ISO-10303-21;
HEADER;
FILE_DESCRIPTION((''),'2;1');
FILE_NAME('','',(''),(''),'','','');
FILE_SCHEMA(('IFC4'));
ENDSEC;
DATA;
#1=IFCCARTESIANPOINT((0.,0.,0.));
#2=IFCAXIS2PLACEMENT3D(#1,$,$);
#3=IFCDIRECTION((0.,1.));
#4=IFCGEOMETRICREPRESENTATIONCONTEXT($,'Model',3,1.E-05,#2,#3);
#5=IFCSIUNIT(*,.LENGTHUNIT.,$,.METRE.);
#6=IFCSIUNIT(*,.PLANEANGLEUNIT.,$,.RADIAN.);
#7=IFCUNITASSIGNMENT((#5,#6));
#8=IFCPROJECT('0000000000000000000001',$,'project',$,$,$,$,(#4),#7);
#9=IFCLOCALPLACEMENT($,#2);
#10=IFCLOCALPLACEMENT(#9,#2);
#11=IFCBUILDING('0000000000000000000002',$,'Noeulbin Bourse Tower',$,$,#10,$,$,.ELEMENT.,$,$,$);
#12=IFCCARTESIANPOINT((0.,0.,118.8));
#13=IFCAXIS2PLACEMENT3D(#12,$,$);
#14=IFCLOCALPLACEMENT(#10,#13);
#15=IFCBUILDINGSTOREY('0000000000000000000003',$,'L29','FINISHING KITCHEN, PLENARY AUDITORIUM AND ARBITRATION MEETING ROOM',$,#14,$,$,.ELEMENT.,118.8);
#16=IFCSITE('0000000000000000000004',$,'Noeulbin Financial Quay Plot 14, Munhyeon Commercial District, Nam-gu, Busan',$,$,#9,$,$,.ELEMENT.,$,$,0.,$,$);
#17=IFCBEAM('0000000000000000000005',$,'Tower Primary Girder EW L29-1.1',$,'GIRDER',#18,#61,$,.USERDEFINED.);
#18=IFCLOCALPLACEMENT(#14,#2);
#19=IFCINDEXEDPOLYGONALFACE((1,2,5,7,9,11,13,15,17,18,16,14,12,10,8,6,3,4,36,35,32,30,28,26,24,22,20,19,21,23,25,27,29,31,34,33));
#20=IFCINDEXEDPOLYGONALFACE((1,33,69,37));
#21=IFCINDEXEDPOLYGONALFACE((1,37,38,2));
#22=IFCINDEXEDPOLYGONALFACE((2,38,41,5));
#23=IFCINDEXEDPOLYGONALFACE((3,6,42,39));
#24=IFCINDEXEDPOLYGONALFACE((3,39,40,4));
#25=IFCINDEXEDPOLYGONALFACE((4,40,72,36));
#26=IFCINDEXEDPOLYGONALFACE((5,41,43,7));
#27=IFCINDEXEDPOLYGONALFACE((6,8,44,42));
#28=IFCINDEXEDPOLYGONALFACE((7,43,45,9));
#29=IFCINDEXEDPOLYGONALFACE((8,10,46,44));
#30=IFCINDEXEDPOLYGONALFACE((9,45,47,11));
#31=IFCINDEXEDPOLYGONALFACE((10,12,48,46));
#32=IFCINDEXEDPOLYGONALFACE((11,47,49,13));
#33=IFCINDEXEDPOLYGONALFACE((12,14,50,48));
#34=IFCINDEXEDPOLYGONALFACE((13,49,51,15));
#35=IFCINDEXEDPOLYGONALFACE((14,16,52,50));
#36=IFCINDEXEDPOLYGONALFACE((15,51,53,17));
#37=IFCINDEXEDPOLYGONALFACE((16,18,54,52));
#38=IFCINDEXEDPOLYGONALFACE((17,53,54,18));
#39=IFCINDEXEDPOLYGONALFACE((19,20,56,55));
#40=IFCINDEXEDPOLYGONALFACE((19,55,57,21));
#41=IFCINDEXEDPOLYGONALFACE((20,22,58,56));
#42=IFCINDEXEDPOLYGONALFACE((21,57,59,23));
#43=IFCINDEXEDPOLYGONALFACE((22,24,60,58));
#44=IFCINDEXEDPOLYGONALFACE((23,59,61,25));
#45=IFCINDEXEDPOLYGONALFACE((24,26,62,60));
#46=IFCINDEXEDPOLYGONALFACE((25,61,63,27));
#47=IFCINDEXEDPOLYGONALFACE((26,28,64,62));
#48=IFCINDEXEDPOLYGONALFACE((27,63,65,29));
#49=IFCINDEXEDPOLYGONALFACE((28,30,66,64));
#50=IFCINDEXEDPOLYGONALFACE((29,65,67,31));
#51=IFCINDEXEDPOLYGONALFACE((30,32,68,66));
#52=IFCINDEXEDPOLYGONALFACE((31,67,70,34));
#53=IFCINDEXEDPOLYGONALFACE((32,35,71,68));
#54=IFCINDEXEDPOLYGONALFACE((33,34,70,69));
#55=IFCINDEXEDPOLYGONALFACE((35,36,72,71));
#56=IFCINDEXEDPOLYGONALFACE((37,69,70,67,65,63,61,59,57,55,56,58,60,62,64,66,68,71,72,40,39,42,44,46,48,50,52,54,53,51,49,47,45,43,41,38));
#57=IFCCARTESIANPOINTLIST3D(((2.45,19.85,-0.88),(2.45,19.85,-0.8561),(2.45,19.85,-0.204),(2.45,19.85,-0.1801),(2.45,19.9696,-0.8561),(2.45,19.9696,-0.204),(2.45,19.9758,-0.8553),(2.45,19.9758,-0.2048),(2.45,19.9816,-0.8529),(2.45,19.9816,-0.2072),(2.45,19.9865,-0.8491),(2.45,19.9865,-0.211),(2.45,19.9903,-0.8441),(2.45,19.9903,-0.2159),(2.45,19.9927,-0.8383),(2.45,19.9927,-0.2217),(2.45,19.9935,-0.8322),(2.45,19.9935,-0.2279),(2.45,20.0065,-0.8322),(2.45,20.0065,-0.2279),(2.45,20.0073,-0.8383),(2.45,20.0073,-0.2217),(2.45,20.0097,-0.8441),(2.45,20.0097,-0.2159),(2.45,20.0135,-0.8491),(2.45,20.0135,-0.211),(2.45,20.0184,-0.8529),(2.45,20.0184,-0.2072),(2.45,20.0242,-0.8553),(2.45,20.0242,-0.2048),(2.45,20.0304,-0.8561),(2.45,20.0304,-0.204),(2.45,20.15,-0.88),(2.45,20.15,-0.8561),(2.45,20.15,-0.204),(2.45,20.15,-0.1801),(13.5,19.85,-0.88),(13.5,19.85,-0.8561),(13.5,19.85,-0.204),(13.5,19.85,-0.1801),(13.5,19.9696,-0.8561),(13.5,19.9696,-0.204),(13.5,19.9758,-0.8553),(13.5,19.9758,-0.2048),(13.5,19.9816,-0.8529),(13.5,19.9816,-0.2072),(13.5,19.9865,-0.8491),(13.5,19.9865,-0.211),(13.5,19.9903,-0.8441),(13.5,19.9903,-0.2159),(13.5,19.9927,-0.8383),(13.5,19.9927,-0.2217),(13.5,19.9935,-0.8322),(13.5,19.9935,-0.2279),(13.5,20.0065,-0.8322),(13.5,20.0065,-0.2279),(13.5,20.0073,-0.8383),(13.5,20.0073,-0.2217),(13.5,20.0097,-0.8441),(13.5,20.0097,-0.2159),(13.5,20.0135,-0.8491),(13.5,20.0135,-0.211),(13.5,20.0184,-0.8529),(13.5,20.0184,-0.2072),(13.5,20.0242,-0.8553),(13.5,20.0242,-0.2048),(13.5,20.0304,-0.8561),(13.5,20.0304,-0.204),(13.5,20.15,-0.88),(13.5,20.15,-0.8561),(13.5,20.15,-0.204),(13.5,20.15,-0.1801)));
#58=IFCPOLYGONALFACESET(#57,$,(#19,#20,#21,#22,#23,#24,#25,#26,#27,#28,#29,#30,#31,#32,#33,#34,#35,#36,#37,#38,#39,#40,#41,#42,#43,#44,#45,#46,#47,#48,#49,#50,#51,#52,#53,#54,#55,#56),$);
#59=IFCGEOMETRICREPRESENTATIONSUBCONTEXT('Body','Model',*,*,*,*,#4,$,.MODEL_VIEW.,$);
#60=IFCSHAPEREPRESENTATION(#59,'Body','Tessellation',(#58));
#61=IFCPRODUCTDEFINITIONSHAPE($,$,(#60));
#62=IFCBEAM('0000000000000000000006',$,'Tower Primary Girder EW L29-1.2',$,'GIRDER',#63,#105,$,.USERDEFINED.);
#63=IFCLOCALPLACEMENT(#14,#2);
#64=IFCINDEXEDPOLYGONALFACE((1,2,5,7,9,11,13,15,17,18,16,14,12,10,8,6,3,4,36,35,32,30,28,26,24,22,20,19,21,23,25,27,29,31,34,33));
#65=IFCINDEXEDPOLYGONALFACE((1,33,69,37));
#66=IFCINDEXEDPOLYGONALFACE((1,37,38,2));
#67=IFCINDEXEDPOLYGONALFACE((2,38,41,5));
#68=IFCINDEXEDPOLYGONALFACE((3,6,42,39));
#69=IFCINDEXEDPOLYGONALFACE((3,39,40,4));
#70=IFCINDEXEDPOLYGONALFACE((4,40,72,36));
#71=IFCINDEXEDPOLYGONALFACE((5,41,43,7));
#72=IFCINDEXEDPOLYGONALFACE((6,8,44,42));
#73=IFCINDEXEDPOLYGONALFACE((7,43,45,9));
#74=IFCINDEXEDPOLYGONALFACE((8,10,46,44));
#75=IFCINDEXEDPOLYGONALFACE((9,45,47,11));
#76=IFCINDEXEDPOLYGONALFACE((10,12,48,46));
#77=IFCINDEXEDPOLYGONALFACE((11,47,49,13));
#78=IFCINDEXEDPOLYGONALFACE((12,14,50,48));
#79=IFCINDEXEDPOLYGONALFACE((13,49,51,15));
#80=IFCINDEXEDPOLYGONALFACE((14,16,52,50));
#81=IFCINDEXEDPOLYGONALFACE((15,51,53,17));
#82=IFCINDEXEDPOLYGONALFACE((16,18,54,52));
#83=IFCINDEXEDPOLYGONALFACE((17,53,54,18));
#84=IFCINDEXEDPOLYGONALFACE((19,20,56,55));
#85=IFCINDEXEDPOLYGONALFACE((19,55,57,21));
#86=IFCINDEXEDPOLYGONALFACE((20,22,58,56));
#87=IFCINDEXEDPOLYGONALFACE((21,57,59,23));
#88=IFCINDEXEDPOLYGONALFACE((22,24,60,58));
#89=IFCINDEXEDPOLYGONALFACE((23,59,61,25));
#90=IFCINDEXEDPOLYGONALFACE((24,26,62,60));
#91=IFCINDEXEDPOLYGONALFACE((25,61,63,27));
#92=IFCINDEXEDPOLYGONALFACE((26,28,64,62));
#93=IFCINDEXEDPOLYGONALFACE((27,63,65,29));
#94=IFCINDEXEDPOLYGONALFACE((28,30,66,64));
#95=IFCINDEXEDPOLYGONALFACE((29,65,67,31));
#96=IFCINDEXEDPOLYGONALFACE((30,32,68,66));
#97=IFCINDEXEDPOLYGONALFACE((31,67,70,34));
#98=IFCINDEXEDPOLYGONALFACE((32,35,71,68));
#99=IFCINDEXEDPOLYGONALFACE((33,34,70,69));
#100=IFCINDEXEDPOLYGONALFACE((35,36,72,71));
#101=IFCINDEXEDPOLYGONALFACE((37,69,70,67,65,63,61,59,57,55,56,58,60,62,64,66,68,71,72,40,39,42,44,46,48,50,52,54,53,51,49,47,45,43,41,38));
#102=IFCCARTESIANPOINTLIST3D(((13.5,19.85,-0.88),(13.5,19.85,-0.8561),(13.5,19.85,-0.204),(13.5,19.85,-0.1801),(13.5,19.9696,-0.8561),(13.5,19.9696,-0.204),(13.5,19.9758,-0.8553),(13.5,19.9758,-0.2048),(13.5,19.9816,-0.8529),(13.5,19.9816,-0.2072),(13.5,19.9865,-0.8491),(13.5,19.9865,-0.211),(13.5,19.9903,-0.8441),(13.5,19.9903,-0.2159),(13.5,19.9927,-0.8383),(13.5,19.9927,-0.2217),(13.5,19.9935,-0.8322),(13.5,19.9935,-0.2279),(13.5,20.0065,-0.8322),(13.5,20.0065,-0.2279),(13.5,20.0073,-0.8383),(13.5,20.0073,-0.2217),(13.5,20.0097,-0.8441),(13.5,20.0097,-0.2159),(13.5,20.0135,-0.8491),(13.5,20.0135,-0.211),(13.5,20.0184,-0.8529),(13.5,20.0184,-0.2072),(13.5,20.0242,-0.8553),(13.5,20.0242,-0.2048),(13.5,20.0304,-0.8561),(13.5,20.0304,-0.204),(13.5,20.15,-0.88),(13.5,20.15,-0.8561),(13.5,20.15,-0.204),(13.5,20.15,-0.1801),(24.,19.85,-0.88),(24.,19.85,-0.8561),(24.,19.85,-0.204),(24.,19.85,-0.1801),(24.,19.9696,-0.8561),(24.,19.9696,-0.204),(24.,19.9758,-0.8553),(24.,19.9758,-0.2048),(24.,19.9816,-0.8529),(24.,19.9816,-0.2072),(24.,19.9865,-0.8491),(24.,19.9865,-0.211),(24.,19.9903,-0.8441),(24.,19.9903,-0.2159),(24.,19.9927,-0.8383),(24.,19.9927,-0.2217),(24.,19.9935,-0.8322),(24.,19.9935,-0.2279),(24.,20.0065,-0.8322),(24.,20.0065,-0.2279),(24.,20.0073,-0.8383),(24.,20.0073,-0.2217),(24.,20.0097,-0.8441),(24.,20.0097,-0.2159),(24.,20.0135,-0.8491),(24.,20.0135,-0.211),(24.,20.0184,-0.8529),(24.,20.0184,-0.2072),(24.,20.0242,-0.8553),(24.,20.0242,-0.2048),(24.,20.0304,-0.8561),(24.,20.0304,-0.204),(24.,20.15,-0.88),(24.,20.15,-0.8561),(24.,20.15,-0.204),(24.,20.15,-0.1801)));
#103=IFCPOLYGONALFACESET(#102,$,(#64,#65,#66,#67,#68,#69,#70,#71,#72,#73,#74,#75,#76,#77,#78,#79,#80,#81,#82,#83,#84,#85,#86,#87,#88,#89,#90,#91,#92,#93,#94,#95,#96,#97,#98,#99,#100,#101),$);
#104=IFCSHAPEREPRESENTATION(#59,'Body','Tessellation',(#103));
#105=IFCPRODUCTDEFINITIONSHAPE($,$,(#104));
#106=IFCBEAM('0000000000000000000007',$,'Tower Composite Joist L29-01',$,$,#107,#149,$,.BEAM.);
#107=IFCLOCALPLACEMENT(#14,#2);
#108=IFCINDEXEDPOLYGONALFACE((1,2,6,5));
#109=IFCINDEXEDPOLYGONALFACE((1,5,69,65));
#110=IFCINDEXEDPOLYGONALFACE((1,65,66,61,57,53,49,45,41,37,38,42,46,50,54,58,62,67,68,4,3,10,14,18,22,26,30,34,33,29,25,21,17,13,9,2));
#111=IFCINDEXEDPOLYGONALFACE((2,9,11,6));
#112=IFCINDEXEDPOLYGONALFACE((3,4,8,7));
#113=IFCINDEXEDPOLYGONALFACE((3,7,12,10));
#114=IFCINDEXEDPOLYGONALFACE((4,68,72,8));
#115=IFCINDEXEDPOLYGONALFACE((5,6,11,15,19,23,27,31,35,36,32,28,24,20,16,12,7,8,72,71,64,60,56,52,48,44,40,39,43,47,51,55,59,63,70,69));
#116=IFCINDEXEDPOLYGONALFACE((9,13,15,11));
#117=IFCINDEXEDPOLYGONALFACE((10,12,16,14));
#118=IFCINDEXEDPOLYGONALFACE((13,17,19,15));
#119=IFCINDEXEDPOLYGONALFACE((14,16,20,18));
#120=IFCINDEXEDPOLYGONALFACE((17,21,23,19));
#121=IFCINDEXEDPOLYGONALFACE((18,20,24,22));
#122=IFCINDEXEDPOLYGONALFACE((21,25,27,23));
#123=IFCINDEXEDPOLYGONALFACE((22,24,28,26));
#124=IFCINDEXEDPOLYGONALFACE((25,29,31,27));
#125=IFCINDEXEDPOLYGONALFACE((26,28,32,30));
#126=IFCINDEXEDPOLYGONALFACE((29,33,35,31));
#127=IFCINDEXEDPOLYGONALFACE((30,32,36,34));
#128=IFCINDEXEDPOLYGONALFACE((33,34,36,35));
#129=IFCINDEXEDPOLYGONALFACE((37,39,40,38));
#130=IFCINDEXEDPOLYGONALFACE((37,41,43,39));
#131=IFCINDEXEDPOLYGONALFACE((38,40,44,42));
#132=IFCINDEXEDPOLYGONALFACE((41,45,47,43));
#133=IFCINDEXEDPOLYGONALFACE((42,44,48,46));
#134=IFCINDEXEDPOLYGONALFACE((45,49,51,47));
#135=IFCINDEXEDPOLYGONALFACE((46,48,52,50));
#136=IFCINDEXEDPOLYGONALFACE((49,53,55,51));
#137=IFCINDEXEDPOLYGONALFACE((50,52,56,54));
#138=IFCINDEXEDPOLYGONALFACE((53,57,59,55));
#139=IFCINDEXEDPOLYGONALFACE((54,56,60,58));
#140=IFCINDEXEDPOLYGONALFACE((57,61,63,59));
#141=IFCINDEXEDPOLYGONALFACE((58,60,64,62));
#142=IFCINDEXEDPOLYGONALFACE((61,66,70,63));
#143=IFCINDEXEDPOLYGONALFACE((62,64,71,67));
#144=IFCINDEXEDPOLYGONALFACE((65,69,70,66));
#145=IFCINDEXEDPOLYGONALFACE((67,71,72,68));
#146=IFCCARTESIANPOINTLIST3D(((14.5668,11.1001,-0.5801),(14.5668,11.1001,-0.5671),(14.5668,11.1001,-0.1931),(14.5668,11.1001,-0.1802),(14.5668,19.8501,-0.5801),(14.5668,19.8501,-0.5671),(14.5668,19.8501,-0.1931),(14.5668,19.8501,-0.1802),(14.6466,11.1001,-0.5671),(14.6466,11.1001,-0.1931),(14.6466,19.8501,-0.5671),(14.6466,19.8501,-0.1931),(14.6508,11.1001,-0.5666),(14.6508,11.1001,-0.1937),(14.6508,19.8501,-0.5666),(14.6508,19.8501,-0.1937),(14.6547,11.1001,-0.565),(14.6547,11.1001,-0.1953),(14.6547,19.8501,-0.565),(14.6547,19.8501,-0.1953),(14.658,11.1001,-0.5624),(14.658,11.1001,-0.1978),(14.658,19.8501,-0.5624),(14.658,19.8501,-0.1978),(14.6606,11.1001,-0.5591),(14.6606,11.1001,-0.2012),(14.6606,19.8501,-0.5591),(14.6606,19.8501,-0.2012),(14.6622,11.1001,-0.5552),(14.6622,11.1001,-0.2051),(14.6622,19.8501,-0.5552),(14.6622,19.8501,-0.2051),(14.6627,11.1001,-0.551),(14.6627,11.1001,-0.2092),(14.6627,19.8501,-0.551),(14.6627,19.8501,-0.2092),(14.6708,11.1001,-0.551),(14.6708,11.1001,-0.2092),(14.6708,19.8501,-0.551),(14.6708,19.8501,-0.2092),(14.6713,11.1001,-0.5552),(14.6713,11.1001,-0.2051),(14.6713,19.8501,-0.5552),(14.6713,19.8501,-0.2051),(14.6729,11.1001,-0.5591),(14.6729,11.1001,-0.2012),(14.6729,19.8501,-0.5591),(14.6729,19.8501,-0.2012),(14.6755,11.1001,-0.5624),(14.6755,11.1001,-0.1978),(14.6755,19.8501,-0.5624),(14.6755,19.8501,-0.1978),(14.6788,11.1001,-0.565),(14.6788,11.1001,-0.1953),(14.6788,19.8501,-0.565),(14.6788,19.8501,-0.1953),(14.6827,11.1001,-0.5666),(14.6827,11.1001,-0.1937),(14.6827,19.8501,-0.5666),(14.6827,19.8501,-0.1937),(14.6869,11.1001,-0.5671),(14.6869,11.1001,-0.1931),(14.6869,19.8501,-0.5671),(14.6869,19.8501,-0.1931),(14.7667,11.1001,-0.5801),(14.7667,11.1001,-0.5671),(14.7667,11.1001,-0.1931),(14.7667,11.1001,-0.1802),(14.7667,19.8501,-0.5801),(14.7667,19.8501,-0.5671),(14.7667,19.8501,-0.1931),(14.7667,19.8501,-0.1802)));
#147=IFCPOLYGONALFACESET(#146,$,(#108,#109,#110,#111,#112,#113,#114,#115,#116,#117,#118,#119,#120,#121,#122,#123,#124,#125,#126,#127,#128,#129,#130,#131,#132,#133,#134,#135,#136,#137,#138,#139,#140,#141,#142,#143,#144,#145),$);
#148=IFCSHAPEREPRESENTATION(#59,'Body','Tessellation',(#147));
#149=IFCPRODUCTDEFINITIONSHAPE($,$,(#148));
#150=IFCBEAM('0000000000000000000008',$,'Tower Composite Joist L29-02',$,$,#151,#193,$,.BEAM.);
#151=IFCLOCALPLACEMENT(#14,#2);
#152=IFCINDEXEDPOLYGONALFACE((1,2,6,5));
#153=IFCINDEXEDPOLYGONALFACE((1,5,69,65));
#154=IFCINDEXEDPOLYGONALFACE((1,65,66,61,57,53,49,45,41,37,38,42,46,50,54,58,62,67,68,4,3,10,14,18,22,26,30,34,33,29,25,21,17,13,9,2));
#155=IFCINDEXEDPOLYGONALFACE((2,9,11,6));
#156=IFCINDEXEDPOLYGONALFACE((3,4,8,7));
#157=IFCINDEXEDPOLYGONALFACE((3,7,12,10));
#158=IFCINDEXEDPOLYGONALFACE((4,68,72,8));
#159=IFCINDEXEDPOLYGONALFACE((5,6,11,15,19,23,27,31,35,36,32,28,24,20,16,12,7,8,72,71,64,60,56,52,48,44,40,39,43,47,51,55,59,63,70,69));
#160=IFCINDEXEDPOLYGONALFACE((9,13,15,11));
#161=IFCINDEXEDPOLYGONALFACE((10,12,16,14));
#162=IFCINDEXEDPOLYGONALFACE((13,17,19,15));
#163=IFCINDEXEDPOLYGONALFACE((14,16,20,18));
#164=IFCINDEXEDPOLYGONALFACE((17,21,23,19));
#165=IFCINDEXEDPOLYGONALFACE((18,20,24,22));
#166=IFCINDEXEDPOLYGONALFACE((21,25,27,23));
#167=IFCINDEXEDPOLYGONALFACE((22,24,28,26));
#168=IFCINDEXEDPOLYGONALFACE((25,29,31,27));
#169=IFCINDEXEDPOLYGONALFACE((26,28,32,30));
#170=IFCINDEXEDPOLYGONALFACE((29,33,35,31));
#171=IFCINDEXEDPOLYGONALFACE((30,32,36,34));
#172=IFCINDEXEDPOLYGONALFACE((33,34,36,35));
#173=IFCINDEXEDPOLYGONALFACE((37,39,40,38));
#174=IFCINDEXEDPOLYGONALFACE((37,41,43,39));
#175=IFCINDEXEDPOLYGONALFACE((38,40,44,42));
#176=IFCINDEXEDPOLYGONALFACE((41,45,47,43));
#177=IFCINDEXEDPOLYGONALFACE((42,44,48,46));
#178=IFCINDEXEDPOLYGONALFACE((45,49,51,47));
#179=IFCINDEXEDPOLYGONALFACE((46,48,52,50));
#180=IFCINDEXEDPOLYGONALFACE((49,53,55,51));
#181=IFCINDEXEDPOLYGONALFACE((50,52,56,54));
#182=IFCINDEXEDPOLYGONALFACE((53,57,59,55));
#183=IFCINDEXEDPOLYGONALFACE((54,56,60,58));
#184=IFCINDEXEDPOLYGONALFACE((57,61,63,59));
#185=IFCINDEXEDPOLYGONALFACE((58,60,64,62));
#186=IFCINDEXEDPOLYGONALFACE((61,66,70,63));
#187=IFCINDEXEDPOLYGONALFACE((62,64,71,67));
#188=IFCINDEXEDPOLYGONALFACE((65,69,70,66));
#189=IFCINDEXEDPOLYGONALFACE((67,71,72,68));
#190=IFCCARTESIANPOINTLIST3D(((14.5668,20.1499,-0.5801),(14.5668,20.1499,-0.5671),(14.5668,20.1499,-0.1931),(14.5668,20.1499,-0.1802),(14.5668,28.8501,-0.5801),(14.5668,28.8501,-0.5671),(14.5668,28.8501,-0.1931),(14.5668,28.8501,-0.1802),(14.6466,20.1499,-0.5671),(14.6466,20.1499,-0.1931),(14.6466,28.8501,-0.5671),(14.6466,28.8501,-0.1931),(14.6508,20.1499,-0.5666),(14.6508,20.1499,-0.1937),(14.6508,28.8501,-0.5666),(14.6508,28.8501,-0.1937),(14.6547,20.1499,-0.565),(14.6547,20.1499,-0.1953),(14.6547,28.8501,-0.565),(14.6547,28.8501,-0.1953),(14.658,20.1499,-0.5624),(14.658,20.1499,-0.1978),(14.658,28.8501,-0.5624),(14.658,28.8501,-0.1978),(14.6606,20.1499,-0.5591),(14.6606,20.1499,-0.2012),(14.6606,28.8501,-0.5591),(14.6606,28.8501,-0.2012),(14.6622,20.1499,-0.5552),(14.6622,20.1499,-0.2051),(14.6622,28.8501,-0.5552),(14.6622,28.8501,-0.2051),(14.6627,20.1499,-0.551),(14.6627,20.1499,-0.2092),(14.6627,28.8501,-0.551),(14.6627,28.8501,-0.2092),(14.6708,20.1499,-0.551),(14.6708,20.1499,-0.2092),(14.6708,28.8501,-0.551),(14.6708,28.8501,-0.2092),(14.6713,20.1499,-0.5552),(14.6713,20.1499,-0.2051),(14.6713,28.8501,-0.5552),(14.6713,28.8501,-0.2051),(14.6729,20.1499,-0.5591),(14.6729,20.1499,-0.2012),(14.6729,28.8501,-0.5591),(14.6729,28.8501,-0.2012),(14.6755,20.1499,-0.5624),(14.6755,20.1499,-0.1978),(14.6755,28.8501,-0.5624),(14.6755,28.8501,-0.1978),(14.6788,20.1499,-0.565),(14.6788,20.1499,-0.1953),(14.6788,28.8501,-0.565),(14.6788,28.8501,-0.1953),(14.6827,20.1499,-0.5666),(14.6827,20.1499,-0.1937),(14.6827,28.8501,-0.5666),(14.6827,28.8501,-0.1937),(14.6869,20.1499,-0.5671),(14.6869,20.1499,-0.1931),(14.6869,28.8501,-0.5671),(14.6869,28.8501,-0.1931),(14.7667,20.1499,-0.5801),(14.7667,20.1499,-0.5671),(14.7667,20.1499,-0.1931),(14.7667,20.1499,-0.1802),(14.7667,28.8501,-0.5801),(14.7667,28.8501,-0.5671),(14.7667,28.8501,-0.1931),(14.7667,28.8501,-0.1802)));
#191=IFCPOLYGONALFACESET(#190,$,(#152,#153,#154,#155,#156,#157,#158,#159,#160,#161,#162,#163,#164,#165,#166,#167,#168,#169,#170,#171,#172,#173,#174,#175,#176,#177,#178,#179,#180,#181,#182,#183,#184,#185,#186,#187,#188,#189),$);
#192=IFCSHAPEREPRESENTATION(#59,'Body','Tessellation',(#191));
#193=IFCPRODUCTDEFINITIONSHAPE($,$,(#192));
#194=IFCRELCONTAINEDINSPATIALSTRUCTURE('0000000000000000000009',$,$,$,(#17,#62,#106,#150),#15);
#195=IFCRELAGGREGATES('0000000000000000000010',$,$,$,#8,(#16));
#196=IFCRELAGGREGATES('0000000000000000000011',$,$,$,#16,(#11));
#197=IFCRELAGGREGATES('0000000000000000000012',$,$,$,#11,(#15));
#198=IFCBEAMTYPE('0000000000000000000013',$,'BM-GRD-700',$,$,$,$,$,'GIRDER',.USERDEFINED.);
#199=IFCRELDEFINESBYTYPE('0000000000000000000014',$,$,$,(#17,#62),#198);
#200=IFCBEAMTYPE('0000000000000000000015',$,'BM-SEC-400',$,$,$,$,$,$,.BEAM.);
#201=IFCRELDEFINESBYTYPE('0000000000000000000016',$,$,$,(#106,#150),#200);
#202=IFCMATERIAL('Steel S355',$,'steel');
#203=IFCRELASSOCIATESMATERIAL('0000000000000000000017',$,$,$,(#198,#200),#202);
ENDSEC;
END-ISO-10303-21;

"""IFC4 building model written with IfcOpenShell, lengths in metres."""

from ifc_helpers import new_model, si_unit, direction, frame, origin, origin_2d, place, context, subcontext, project, spatial, i_section, extrude, material, material_profile, profile_set, type_object, element, save


model = new_model("IFC4")

# Units and contexts
model_context = context("Model", 3, precision=1e-05, world=origin(), true_north=direction((0.0, 1.0)))
body_context = subcontext(model_context, "Body", "Model", "MODEL_VIEW")
ifc_project = project(units=[si_unit("LENGTHUNIT", "METRE"), si_unit("PLANEANGLEUNIT", "RADIAN")], contexts=[model_context])

# Site, building, storey
site_placement = place(None, origin())
site = spatial("IfcSite", under=ifc_project, at=site_placement, Name="Noeulbin Financial Quay Plot 14, Munhyeon Commercial District, Nam-gu, Busan", CompositionType="ELEMENT", RefElevation=0.0)
building_placement = place(site_placement, origin())
building = spatial("IfcBuilding", under=site, at=building_placement, Name="Noeulbin Bourse Tower", CompositionType="ELEMENT")
storey_placement = place(building_placement, frame((0.0, 0.0, 118.8)))
storey = spatial("IfcBuildingStorey", under=building, at=storey_placement, Name="L29", Description="FINISHING KITCHEN, PLENARY AUDITORIUM AND ARBITRATION MEETING ROOM", CompositionType="ELEMENT", Elevation=118.8)

# Shared definitions
ifc_material_1 = material(Name="Steel S355", Category="steel")

# Beams
ifc_material_profile_1 = material_profile(ifc_material_1, i_section(OverallWidth=0.3, OverallDepth=0.7, WebThickness=0.0129, FlangeThickness=0.0239, FilletRadius=0.0239, at=origin_2d()), Name="H-700x300x13x24", Category="LoadBearing")
ifc_profile_set_1 = profile_set([ifc_material_profile_1], Name="Steel S355")
beam_type_1 = type_object("IfcBeamType", Name="BM-GRD-700", ElementType="GIRDER", PredefinedType="USERDEFINED", material=ifc_profile_set_1)
beam_1_placement = place(storey_placement, frame((2.45, 20.0, -0.53), z_axis=(1.0, 0.0, 0.0), x_axis=(0.0, 1.0, 0.0)))
element("IfcBeam", 1, at=beam_1_placement, inside=storey, type_object=beam_type_1, Name="Tower Primary Girder EW L29-1.1", ObjectType="GIRDER", PredefinedType="USERDEFINED", context=body_context, shape_type="SweptSolid", body=[
    extrude(i_section(OverallWidth=0.3, OverallDepth=0.7, WebThickness=0.0129, FlangeThickness=0.0239, FilletRadius=0.0239, at=origin_2d()), origin(), (0.0, 0.0, 1.0), 11.05),
])
beam_2_placement = place(storey_placement, frame((13.5, 20.0, -0.53), z_axis=(1.0, 0.0, 0.0), x_axis=(0.0, 1.0, 0.0)))
element("IfcBeam", 2, at=beam_2_placement, inside=storey, type_object=beam_type_1, Name="Tower Primary Girder EW L29-1.2", ObjectType="GIRDER", PredefinedType="USERDEFINED", context=body_context, shape_type="SweptSolid", body=[
    extrude(i_section(OverallWidth=0.3, OverallDepth=0.7, WebThickness=0.0129, FlangeThickness=0.0239, FilletRadius=0.0239, at=origin_2d()), origin(), (0.0, 0.0, 1.0), 10.5),
])
ifc_material_profile_2 = material_profile(ifc_material_1, i_section(OverallWidth=0.2, OverallDepth=0.3999, WebThickness=0.0081, FlangeThickness=0.0129, FilletRadius=0.0161, at=origin_2d()), Name="H-400x200x8x13", Category="LoadBearing")
ifc_profile_set_2 = profile_set([ifc_material_profile_2], Name="Steel S355")
beam_type_2 = type_object("IfcBeamType", Name="BM-SEC-400", PredefinedType="BEAM", material=ifc_profile_set_2)
beam_3_placement = place(storey_placement, frame((14.6667, 11.1001, -0.3801), z_axis=(0.0, 1.0, 0.0), x_axis=(-1.0, 0.0, 0.0)))
element("IfcBeam", 3, at=beam_3_placement, inside=storey, type_object=beam_type_2, Name="Tower Composite Joist L29-01", PredefinedType="BEAM", context=body_context, shape_type="SweptSolid", body=[
    extrude(i_section(OverallWidth=0.2, OverallDepth=0.3999, WebThickness=0.0081, FlangeThickness=0.0129, FilletRadius=0.0161, at=origin_2d()), origin(), (0.0, 0.0, 1.0), 8.75),
])
beam_4_placement = place(storey_placement, frame((14.6667, 20.1499, -0.3801), z_axis=(0.0, 1.0, 0.0), x_axis=(-1.0, 0.0, 0.0)))
element("IfcBeam", 4, at=beam_4_placement, inside=storey, type_object=beam_type_2, Name="Tower Composite Joist L29-02", PredefinedType="BEAM", context=body_context, shape_type="SweptSolid", body=[
    extrude(i_section(OverallWidth=0.2, OverallDepth=0.3999, WebThickness=0.0081, FlangeThickness=0.0129, FilletRadius=0.0161, at=origin_2d()), origin(), (0.0, 0.0, 1.0), 8.7002),
])

save(model, "model.ifc")
